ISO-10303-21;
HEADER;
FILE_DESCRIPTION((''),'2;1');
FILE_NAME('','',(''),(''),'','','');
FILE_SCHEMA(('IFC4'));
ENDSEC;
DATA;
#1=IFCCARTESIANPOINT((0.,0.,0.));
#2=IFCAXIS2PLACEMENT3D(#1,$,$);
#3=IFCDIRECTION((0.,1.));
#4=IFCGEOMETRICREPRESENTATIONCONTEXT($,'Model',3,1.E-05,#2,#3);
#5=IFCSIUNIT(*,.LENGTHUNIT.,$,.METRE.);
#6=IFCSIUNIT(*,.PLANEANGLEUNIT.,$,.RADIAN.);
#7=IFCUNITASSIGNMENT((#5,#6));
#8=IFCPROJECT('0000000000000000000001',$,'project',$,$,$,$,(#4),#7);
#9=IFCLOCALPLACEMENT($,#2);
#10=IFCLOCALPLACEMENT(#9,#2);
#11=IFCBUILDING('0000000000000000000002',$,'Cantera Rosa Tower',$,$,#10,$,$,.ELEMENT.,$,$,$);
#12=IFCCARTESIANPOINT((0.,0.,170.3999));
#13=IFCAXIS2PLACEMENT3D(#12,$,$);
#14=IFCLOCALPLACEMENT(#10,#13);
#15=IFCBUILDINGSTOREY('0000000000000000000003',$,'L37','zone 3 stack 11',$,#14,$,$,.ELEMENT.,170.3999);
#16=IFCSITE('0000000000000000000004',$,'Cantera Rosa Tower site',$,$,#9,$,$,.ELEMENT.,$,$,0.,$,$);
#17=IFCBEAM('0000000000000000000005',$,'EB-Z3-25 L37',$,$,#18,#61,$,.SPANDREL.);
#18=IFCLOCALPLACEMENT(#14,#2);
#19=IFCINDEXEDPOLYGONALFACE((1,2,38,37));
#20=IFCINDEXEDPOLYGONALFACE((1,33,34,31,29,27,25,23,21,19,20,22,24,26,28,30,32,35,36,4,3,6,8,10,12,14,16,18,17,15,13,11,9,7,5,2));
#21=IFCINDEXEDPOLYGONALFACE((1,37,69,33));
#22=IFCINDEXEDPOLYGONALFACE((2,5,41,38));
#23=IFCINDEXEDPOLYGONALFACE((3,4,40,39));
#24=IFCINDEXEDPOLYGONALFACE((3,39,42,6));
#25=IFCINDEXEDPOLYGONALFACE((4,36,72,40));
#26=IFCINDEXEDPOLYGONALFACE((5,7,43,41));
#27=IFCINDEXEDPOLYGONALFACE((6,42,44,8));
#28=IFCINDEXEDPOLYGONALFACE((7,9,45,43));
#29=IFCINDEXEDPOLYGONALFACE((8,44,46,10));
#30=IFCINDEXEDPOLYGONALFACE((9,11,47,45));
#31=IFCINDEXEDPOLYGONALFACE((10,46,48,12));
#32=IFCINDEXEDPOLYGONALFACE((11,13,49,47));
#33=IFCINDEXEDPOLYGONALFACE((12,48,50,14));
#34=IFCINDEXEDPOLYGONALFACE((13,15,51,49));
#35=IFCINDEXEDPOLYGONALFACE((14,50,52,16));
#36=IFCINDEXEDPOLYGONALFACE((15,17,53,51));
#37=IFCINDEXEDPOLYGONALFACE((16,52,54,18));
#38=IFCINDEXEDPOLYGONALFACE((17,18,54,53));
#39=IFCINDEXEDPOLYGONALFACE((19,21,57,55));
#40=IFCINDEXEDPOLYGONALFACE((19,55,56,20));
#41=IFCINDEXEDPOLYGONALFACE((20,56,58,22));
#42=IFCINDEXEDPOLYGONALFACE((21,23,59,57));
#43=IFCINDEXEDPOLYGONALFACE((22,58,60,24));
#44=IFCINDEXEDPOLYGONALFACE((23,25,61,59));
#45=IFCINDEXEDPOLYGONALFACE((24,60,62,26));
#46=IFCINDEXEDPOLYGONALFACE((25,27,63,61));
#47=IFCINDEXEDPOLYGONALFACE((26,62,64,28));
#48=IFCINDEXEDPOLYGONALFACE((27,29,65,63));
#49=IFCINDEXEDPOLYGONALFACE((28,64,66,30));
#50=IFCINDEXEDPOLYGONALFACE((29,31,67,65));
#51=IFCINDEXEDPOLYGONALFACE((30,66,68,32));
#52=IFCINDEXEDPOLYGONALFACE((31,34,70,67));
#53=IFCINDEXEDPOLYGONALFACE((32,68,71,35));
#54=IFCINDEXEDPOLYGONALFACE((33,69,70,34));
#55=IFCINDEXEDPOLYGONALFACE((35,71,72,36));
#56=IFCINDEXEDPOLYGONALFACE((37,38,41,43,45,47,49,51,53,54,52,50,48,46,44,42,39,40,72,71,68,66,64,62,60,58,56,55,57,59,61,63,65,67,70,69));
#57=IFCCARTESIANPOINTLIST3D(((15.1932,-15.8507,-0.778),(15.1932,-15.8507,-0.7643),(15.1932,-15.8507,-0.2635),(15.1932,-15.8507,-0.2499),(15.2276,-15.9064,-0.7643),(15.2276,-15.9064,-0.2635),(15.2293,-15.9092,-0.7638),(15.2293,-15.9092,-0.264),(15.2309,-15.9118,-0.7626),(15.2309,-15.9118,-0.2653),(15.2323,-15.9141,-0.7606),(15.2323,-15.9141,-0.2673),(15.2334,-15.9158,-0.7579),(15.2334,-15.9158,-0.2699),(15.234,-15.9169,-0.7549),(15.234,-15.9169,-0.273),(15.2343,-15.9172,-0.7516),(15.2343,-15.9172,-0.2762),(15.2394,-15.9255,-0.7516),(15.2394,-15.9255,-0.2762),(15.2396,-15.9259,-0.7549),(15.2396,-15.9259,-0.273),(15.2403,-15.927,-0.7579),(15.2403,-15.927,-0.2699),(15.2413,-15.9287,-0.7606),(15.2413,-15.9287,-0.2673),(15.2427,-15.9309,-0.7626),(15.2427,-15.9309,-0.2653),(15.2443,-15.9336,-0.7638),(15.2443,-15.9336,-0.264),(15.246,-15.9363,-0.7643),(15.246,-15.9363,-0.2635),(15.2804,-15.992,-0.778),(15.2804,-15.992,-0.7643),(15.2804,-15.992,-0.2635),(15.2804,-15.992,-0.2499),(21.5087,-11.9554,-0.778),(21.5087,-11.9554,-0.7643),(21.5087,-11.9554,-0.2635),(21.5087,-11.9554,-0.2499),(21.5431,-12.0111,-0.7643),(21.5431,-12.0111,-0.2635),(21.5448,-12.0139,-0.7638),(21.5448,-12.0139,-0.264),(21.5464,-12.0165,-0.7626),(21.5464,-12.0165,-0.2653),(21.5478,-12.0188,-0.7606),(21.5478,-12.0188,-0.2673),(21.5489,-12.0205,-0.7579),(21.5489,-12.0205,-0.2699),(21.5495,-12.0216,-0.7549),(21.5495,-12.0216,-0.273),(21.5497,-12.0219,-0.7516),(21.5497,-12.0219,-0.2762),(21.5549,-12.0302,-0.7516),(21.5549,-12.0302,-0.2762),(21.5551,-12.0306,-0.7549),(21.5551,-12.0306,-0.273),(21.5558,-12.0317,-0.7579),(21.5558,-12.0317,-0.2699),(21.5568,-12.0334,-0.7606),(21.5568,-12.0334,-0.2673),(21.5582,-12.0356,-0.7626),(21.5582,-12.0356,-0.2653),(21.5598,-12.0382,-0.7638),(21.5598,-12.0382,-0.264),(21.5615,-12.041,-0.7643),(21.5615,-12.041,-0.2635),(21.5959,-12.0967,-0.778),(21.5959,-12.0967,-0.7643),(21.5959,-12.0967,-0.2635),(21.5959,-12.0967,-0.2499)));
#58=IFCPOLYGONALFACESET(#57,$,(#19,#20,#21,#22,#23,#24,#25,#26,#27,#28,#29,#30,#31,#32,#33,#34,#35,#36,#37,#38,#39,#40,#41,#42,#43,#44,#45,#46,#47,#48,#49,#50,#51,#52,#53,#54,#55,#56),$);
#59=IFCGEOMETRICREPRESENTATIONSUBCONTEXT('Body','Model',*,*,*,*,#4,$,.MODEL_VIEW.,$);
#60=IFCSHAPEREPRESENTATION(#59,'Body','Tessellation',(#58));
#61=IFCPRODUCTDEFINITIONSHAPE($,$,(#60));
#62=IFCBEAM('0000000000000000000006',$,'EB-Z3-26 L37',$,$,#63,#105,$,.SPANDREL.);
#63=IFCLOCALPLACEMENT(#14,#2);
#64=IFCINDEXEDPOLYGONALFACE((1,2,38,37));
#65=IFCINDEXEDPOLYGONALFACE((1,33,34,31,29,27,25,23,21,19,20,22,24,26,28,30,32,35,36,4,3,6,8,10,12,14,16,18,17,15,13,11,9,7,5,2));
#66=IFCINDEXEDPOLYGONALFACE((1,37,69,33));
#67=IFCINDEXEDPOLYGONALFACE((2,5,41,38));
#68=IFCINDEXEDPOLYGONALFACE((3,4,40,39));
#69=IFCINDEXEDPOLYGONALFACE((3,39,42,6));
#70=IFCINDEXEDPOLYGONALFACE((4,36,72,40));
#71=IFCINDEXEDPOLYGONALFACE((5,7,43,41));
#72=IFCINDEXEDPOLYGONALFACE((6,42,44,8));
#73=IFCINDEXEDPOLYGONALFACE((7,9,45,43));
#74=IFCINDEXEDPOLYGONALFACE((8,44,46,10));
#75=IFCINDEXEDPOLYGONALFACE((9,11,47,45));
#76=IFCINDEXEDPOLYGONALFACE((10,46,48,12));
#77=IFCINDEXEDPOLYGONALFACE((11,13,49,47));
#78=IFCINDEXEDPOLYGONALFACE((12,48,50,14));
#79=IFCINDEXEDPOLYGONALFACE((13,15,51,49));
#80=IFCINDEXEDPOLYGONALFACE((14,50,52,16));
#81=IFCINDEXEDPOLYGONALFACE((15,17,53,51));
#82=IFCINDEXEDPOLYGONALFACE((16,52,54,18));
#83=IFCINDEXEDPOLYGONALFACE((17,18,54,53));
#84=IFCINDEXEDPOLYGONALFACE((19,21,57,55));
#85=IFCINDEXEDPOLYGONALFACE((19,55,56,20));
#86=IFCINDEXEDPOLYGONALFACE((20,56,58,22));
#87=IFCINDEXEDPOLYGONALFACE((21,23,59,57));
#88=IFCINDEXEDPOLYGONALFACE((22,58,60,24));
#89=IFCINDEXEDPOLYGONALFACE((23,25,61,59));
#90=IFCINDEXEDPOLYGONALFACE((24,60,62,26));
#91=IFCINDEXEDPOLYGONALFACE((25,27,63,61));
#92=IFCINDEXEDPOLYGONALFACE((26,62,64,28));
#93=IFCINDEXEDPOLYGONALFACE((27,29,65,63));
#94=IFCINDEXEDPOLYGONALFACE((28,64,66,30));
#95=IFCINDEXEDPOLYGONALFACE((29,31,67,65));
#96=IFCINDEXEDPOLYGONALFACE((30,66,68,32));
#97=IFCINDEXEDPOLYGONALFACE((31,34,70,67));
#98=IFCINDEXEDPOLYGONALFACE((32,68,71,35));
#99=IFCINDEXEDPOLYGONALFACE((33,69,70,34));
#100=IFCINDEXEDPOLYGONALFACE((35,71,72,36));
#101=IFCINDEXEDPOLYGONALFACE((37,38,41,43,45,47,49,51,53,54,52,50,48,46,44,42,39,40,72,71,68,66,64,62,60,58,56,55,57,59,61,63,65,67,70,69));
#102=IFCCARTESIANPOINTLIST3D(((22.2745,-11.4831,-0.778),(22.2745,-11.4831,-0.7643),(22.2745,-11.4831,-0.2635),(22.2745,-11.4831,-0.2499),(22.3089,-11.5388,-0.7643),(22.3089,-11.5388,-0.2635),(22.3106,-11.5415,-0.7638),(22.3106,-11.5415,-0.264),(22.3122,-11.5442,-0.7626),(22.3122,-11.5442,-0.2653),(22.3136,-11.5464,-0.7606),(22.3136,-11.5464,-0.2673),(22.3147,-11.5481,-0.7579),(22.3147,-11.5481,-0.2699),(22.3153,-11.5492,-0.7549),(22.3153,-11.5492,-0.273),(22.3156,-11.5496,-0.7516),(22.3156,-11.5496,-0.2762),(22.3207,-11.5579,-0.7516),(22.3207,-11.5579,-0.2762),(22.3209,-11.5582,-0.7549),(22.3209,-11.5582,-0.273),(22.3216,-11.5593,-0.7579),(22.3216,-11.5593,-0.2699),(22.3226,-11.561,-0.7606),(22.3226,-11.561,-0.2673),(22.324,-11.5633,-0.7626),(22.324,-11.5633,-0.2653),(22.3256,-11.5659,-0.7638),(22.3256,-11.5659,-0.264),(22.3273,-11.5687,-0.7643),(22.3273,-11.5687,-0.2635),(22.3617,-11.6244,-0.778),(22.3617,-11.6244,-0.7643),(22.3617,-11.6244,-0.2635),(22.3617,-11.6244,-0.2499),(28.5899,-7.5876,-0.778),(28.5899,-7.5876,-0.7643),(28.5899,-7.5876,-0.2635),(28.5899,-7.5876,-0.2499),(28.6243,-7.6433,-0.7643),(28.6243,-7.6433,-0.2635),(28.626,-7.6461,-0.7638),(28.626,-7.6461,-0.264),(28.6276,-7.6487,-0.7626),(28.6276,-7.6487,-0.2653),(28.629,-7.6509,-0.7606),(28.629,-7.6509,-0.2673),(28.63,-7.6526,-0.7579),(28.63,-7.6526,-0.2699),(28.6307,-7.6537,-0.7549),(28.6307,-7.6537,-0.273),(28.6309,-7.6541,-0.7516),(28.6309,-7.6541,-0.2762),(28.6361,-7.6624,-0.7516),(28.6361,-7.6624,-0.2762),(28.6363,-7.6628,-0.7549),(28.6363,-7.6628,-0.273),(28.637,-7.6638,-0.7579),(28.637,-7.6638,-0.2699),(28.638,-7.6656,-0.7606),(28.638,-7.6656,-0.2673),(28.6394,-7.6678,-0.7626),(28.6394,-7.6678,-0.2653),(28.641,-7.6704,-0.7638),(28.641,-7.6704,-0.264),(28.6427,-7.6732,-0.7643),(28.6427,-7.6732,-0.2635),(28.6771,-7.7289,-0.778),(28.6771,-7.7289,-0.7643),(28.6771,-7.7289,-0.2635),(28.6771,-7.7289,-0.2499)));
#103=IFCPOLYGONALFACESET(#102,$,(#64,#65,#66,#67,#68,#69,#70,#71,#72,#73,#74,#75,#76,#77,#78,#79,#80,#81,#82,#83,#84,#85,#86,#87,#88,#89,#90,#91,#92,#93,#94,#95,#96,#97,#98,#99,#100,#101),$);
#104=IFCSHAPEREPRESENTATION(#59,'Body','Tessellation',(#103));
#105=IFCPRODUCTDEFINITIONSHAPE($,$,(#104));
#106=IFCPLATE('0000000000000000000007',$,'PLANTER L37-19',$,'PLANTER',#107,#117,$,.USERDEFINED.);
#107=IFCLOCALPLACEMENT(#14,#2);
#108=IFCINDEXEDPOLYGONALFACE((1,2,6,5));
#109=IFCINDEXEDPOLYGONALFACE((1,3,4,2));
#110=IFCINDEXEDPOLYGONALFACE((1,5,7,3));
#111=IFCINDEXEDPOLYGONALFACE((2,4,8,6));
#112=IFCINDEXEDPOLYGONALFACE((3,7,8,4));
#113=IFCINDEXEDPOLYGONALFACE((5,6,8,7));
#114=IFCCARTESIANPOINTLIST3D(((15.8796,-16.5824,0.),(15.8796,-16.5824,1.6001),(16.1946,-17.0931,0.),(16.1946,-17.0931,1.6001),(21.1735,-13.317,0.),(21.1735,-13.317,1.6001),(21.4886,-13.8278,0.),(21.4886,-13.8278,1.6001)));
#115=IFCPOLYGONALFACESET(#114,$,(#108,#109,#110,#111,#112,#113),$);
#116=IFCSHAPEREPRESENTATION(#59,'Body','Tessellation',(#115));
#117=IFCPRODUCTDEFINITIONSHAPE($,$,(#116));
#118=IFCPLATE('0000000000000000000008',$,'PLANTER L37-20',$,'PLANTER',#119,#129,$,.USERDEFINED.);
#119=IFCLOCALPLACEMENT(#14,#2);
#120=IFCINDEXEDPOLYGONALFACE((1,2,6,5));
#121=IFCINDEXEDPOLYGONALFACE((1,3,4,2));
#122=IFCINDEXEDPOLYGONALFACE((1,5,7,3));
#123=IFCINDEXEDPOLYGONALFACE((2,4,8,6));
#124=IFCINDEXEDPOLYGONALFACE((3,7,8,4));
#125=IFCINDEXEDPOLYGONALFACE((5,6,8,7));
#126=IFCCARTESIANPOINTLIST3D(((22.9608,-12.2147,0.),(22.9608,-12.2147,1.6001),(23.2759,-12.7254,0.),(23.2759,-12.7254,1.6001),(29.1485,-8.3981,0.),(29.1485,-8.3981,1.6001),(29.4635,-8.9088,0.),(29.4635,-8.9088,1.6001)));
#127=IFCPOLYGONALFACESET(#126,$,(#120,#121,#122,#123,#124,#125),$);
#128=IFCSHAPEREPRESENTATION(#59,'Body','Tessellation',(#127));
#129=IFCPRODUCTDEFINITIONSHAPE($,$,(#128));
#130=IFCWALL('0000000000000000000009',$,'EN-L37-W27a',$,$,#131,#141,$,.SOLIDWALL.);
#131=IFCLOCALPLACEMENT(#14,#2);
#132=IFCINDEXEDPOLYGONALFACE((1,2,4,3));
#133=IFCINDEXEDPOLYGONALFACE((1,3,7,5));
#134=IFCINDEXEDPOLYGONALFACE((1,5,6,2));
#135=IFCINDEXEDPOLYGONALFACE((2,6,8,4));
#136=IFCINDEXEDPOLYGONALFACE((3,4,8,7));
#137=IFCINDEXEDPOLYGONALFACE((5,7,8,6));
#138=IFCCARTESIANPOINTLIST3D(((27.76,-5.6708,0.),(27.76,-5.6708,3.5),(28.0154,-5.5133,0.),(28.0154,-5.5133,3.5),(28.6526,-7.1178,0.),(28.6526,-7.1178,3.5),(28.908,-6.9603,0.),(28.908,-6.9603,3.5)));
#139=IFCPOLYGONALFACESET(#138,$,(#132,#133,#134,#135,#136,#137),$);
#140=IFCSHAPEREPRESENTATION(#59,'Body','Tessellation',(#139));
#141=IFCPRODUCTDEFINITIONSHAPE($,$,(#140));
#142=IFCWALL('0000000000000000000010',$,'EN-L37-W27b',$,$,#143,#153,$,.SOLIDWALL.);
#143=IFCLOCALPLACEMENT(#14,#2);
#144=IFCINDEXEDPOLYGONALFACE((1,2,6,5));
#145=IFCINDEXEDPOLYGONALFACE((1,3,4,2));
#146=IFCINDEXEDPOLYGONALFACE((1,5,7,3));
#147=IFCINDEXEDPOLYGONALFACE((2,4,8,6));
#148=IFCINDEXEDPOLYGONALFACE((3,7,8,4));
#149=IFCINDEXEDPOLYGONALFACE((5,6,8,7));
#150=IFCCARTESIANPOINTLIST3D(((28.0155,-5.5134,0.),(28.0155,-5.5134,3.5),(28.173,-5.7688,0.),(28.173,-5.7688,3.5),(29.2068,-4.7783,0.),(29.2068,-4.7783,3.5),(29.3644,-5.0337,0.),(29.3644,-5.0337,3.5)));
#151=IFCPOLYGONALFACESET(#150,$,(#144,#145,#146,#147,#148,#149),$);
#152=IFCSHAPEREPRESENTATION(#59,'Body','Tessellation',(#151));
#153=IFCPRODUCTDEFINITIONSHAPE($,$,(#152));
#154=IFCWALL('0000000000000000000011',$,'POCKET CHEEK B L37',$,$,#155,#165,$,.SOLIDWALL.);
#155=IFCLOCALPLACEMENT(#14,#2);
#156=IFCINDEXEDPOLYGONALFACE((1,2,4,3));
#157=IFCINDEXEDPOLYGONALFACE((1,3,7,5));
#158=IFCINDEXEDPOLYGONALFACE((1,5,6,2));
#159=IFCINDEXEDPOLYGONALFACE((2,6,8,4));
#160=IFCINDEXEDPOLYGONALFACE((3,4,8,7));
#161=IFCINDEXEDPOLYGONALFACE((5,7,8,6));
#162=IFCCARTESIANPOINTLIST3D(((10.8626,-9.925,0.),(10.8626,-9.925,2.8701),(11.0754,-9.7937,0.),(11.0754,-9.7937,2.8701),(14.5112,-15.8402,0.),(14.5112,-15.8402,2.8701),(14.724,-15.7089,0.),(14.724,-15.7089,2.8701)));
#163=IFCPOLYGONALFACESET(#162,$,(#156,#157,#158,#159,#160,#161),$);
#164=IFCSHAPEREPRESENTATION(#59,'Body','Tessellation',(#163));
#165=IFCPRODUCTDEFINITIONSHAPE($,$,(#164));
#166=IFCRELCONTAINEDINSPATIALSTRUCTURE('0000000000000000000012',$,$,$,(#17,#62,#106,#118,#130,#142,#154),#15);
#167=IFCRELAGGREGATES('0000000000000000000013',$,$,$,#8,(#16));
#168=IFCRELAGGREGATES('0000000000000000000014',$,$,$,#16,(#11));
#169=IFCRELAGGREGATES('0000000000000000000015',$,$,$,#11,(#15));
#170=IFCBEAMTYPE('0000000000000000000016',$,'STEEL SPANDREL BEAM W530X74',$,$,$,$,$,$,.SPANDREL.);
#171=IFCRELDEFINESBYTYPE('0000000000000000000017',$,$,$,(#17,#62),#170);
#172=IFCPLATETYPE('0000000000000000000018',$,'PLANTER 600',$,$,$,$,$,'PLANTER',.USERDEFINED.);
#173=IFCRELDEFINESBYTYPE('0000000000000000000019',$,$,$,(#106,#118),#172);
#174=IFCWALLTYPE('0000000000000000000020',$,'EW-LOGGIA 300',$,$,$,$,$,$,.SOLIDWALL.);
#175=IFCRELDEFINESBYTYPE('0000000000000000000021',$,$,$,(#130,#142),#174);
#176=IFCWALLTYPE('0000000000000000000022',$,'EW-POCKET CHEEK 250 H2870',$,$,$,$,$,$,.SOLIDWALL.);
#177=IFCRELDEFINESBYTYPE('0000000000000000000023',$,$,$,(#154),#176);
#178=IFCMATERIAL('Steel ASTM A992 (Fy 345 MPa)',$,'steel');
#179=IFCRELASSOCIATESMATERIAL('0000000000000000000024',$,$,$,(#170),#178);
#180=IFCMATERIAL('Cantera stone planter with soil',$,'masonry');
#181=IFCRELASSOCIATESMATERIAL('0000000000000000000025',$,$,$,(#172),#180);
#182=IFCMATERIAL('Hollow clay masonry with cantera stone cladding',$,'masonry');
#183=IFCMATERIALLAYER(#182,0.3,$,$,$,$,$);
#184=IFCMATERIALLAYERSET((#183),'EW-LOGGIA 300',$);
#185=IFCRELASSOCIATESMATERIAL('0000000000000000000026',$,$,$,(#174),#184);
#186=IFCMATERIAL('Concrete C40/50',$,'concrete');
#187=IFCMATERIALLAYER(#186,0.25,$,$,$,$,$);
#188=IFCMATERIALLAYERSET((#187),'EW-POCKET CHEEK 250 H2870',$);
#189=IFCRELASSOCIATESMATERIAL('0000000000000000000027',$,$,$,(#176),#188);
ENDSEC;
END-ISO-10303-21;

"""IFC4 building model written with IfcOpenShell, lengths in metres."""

from ifc_helpers import new_model, si_unit, direction, frame, frame_2d, origin, origin_2d, place, context, subcontext, project, spatial, rectangle, i_section, extrude, material, layer, layer_set, material_profile, profile_set, type_object, element, save


model = new_model("IFC4")

# Units and contexts
model_context = context("Model", 3, precision=1e-05, world=origin(), true_north=direction((0.0, 1.0)))
body_context = subcontext(model_context, "Body", "Model", "MODEL_VIEW")
ifc_project = project(units=[si_unit("LENGTHUNIT", "METRE"), si_unit("PLANEANGLEUNIT", "RADIAN")], contexts=[model_context])

# Site, building, storey
site_placement = place(None, origin())
site = spatial("IfcSite", under=ifc_project, at=site_placement, Name="Cantera Rosa Tower site", CompositionType="ELEMENT", RefElevation=0.0)
building_placement = place(site_placement, origin())
building = spatial("IfcBuilding", under=site, at=building_placement, Name="Cantera Rosa Tower", CompositionType="ELEMENT")
storey_placement = place(building_placement, frame((0.0, 0.0, 170.3999)))
storey = spatial("IfcBuildingStorey", under=building, at=storey_placement, Name="L37", Description="zone 3 stack 11", CompositionType="ELEMENT", Elevation=170.3999)

# Beams
ifc_material_1 = material(Name="Steel ASTM A992 (Fy 345 MPa)", Category="steel")
ifc_material_profile_1 = material_profile(ifc_material_1, i_section(OverallWidth=0.166, OverallDepth=0.5281, WebThickness=0.0098, FlangeThickness=0.0137, FilletRadius=0.0127, at=origin_2d()), Name="W530X74")
ifc_profile_set_1 = profile_set([ifc_material_profile_1], Name="Steel ASTM A992 (Fy 345 MPa)")
beam_type_1 = type_object("IfcBeamType", Name="STEEL SPANDREL BEAM W530X74", PredefinedType="SPANDREL", material=ifc_profile_set_1)
for number, where, z_axis, x_axis, name in (
    (1, (15.2368, -15.9214, -0.5139), (0.851126, 0.524962, 0.0), (-0.524962, 0.851126, 0.0), "EB-Z3-25 L37"),
    (2, (22.3181, -11.5537, -0.5139), (0.851111, 0.524986, 0.0), (-0.524986, 0.851111, 0.0), "EB-Z3-26 L37"),
):
    element("IfcBeam", number, at=place(storey_placement, frame(where, z_axis=z_axis, x_axis=x_axis)), inside=storey, type_object=beam_type_1, Name=name, PredefinedType="SPANDREL", context=body_context, shape_type="SweptSolid", body=[
        extrude(i_section(OverallWidth=0.166, OverallDepth=0.5281, WebThickness=0.0098, FlangeThickness=0.0137, FilletRadius=0.0127, at=origin_2d()), origin(), (0.0, 0.0, 1.0), 7.4202),
    ])

# Plates
ifc_material_2 = material(Name="Cantera stone planter with soil", Category="masonry")
plate_type = type_object("IfcPlateType", Name="PLANTER 600", ElementType="PLANTER", PredefinedType="USERDEFINED", material=ifc_material_2)
plate_1_placement = place(storey_placement, frame((18.6841, -15.2051, 0.0), z_axis=(0.0, 0.0, 1.0), x_axis=(0.851117, 0.524977, 0.0)))
element("IfcPlate", 3, at=plate_1_placement, inside=storey, type_object=plate_type, Name="PLANTER L37-19", ObjectType="PLANTER", PredefinedType="USERDEFINED", context=body_context, shape_type="SweptSolid", body=[
    extrude(rectangle(XDim=6.22, YDim=0.6001, at=origin_2d()), origin(), (0.0, 0.0, 1.0), 1.6001),
])
plate_2_placement = place(storey_placement, frame((26.2122, -10.5618, 0.0), z_axis=(0.0, 0.0, 1.0), x_axis=(0.851117, 0.524977, 0.0)))
element("IfcPlate", 4, at=plate_2_placement, inside=storey, type_object=plate_type, Name="PLANTER L37-20", ObjectType="PLANTER", PredefinedType="USERDEFINED", context=body_context, shape_type="SweptSolid", body=[
    extrude(rectangle(XDim=7.27, YDim=0.6001, at=origin_2d()), origin(), (0.0, 0.0, 1.0), 1.6001),
])

# Walls
ifc_material_3 = material(Name="Hollow clay masonry with cantera stone cladding", Category="masonry")
ifc_layer_1 = layer(ifc_material_3, 0.3)
ifc_layer_set_1 = layer_set([ifc_layer_1], Name="EW-LOGGIA 300")
wall_type_1 = type_object("IfcWallType", Name="EW-LOGGIA 300", PredefinedType="SOLIDWALL", material=ifc_layer_set_1)
wall_1_placement = place(storey_placement, frame((28.7803, -7.0391, 0.0), z_axis=(0.0, 0.0, 1.0), x_axis=(-0.524994, 0.851106, 0.0)))
element("IfcWall", 5, at=wall_1_placement, inside=storey, type_object=wall_type_1, Name="EN-L37-W27a", PredefinedType="SOLIDWALL", context=body_context, shape_type="SweptSolid", body=[
    extrude(rectangle(XDim=1.7002, YDim=0.3, at=frame_2d((0.8501, 0.0))), origin(), (0.0, 0.0, 1.0), 3.5),
])
wall_2_placement = place(storey_placement, frame((28.0942, -5.6411, 0.0), z_axis=(0.0, 0.0, 1.0), x_axis=(0.851041, 0.525099, 0.0)))
element("IfcWall", 6, at=wall_2_placement, inside=storey, type_object=wall_type_1, Name="EN-L37-W27b", PredefinedType="SOLIDWALL", context=body_context, shape_type="SweptSolid", body=[
    extrude(rectangle(XDim=1.3999, YDim=0.3, at=frame_2d((0.7, 0.0))), origin(), (0.0, 0.0, 1.0), 3.5),
])

# Wall
ifc_material_4 = material(Name="Concrete C40/50", Category="concrete")
ifc_layer_2 = layer(ifc_material_4, 0.25)
ifc_layer_set_2 = layer_set([ifc_layer_2], Name="EW-POCKET CHEEK 250 H2870")
wall_type_2 = type_object("IfcWallType", Name="EW-POCKET CHEEK 250 H2870", PredefinedType="SOLIDWALL", material=ifc_layer_set_2)
wall_3_placement = place(storey_placement, frame((14.6177, -15.7747, 0.0), z_axis=(0.0, 0.0, 1.0), x_axis=(-0.524985, 0.851111, 0.0)))
element("IfcWall", 7, at=wall_3_placement, inside=storey, type_object=wall_type_2, Name="POCKET CHEEK B L37", PredefinedType="SOLIDWALL", context=body_context, shape_type="SweptSolid", body=[
    extrude(rectangle(XDim=6.95, YDim=0.25, at=frame_2d((3.4751, 0.0))), origin(), (0.0, 0.0, 1.0), 2.8701),
])

save(model, "model.ifc")
